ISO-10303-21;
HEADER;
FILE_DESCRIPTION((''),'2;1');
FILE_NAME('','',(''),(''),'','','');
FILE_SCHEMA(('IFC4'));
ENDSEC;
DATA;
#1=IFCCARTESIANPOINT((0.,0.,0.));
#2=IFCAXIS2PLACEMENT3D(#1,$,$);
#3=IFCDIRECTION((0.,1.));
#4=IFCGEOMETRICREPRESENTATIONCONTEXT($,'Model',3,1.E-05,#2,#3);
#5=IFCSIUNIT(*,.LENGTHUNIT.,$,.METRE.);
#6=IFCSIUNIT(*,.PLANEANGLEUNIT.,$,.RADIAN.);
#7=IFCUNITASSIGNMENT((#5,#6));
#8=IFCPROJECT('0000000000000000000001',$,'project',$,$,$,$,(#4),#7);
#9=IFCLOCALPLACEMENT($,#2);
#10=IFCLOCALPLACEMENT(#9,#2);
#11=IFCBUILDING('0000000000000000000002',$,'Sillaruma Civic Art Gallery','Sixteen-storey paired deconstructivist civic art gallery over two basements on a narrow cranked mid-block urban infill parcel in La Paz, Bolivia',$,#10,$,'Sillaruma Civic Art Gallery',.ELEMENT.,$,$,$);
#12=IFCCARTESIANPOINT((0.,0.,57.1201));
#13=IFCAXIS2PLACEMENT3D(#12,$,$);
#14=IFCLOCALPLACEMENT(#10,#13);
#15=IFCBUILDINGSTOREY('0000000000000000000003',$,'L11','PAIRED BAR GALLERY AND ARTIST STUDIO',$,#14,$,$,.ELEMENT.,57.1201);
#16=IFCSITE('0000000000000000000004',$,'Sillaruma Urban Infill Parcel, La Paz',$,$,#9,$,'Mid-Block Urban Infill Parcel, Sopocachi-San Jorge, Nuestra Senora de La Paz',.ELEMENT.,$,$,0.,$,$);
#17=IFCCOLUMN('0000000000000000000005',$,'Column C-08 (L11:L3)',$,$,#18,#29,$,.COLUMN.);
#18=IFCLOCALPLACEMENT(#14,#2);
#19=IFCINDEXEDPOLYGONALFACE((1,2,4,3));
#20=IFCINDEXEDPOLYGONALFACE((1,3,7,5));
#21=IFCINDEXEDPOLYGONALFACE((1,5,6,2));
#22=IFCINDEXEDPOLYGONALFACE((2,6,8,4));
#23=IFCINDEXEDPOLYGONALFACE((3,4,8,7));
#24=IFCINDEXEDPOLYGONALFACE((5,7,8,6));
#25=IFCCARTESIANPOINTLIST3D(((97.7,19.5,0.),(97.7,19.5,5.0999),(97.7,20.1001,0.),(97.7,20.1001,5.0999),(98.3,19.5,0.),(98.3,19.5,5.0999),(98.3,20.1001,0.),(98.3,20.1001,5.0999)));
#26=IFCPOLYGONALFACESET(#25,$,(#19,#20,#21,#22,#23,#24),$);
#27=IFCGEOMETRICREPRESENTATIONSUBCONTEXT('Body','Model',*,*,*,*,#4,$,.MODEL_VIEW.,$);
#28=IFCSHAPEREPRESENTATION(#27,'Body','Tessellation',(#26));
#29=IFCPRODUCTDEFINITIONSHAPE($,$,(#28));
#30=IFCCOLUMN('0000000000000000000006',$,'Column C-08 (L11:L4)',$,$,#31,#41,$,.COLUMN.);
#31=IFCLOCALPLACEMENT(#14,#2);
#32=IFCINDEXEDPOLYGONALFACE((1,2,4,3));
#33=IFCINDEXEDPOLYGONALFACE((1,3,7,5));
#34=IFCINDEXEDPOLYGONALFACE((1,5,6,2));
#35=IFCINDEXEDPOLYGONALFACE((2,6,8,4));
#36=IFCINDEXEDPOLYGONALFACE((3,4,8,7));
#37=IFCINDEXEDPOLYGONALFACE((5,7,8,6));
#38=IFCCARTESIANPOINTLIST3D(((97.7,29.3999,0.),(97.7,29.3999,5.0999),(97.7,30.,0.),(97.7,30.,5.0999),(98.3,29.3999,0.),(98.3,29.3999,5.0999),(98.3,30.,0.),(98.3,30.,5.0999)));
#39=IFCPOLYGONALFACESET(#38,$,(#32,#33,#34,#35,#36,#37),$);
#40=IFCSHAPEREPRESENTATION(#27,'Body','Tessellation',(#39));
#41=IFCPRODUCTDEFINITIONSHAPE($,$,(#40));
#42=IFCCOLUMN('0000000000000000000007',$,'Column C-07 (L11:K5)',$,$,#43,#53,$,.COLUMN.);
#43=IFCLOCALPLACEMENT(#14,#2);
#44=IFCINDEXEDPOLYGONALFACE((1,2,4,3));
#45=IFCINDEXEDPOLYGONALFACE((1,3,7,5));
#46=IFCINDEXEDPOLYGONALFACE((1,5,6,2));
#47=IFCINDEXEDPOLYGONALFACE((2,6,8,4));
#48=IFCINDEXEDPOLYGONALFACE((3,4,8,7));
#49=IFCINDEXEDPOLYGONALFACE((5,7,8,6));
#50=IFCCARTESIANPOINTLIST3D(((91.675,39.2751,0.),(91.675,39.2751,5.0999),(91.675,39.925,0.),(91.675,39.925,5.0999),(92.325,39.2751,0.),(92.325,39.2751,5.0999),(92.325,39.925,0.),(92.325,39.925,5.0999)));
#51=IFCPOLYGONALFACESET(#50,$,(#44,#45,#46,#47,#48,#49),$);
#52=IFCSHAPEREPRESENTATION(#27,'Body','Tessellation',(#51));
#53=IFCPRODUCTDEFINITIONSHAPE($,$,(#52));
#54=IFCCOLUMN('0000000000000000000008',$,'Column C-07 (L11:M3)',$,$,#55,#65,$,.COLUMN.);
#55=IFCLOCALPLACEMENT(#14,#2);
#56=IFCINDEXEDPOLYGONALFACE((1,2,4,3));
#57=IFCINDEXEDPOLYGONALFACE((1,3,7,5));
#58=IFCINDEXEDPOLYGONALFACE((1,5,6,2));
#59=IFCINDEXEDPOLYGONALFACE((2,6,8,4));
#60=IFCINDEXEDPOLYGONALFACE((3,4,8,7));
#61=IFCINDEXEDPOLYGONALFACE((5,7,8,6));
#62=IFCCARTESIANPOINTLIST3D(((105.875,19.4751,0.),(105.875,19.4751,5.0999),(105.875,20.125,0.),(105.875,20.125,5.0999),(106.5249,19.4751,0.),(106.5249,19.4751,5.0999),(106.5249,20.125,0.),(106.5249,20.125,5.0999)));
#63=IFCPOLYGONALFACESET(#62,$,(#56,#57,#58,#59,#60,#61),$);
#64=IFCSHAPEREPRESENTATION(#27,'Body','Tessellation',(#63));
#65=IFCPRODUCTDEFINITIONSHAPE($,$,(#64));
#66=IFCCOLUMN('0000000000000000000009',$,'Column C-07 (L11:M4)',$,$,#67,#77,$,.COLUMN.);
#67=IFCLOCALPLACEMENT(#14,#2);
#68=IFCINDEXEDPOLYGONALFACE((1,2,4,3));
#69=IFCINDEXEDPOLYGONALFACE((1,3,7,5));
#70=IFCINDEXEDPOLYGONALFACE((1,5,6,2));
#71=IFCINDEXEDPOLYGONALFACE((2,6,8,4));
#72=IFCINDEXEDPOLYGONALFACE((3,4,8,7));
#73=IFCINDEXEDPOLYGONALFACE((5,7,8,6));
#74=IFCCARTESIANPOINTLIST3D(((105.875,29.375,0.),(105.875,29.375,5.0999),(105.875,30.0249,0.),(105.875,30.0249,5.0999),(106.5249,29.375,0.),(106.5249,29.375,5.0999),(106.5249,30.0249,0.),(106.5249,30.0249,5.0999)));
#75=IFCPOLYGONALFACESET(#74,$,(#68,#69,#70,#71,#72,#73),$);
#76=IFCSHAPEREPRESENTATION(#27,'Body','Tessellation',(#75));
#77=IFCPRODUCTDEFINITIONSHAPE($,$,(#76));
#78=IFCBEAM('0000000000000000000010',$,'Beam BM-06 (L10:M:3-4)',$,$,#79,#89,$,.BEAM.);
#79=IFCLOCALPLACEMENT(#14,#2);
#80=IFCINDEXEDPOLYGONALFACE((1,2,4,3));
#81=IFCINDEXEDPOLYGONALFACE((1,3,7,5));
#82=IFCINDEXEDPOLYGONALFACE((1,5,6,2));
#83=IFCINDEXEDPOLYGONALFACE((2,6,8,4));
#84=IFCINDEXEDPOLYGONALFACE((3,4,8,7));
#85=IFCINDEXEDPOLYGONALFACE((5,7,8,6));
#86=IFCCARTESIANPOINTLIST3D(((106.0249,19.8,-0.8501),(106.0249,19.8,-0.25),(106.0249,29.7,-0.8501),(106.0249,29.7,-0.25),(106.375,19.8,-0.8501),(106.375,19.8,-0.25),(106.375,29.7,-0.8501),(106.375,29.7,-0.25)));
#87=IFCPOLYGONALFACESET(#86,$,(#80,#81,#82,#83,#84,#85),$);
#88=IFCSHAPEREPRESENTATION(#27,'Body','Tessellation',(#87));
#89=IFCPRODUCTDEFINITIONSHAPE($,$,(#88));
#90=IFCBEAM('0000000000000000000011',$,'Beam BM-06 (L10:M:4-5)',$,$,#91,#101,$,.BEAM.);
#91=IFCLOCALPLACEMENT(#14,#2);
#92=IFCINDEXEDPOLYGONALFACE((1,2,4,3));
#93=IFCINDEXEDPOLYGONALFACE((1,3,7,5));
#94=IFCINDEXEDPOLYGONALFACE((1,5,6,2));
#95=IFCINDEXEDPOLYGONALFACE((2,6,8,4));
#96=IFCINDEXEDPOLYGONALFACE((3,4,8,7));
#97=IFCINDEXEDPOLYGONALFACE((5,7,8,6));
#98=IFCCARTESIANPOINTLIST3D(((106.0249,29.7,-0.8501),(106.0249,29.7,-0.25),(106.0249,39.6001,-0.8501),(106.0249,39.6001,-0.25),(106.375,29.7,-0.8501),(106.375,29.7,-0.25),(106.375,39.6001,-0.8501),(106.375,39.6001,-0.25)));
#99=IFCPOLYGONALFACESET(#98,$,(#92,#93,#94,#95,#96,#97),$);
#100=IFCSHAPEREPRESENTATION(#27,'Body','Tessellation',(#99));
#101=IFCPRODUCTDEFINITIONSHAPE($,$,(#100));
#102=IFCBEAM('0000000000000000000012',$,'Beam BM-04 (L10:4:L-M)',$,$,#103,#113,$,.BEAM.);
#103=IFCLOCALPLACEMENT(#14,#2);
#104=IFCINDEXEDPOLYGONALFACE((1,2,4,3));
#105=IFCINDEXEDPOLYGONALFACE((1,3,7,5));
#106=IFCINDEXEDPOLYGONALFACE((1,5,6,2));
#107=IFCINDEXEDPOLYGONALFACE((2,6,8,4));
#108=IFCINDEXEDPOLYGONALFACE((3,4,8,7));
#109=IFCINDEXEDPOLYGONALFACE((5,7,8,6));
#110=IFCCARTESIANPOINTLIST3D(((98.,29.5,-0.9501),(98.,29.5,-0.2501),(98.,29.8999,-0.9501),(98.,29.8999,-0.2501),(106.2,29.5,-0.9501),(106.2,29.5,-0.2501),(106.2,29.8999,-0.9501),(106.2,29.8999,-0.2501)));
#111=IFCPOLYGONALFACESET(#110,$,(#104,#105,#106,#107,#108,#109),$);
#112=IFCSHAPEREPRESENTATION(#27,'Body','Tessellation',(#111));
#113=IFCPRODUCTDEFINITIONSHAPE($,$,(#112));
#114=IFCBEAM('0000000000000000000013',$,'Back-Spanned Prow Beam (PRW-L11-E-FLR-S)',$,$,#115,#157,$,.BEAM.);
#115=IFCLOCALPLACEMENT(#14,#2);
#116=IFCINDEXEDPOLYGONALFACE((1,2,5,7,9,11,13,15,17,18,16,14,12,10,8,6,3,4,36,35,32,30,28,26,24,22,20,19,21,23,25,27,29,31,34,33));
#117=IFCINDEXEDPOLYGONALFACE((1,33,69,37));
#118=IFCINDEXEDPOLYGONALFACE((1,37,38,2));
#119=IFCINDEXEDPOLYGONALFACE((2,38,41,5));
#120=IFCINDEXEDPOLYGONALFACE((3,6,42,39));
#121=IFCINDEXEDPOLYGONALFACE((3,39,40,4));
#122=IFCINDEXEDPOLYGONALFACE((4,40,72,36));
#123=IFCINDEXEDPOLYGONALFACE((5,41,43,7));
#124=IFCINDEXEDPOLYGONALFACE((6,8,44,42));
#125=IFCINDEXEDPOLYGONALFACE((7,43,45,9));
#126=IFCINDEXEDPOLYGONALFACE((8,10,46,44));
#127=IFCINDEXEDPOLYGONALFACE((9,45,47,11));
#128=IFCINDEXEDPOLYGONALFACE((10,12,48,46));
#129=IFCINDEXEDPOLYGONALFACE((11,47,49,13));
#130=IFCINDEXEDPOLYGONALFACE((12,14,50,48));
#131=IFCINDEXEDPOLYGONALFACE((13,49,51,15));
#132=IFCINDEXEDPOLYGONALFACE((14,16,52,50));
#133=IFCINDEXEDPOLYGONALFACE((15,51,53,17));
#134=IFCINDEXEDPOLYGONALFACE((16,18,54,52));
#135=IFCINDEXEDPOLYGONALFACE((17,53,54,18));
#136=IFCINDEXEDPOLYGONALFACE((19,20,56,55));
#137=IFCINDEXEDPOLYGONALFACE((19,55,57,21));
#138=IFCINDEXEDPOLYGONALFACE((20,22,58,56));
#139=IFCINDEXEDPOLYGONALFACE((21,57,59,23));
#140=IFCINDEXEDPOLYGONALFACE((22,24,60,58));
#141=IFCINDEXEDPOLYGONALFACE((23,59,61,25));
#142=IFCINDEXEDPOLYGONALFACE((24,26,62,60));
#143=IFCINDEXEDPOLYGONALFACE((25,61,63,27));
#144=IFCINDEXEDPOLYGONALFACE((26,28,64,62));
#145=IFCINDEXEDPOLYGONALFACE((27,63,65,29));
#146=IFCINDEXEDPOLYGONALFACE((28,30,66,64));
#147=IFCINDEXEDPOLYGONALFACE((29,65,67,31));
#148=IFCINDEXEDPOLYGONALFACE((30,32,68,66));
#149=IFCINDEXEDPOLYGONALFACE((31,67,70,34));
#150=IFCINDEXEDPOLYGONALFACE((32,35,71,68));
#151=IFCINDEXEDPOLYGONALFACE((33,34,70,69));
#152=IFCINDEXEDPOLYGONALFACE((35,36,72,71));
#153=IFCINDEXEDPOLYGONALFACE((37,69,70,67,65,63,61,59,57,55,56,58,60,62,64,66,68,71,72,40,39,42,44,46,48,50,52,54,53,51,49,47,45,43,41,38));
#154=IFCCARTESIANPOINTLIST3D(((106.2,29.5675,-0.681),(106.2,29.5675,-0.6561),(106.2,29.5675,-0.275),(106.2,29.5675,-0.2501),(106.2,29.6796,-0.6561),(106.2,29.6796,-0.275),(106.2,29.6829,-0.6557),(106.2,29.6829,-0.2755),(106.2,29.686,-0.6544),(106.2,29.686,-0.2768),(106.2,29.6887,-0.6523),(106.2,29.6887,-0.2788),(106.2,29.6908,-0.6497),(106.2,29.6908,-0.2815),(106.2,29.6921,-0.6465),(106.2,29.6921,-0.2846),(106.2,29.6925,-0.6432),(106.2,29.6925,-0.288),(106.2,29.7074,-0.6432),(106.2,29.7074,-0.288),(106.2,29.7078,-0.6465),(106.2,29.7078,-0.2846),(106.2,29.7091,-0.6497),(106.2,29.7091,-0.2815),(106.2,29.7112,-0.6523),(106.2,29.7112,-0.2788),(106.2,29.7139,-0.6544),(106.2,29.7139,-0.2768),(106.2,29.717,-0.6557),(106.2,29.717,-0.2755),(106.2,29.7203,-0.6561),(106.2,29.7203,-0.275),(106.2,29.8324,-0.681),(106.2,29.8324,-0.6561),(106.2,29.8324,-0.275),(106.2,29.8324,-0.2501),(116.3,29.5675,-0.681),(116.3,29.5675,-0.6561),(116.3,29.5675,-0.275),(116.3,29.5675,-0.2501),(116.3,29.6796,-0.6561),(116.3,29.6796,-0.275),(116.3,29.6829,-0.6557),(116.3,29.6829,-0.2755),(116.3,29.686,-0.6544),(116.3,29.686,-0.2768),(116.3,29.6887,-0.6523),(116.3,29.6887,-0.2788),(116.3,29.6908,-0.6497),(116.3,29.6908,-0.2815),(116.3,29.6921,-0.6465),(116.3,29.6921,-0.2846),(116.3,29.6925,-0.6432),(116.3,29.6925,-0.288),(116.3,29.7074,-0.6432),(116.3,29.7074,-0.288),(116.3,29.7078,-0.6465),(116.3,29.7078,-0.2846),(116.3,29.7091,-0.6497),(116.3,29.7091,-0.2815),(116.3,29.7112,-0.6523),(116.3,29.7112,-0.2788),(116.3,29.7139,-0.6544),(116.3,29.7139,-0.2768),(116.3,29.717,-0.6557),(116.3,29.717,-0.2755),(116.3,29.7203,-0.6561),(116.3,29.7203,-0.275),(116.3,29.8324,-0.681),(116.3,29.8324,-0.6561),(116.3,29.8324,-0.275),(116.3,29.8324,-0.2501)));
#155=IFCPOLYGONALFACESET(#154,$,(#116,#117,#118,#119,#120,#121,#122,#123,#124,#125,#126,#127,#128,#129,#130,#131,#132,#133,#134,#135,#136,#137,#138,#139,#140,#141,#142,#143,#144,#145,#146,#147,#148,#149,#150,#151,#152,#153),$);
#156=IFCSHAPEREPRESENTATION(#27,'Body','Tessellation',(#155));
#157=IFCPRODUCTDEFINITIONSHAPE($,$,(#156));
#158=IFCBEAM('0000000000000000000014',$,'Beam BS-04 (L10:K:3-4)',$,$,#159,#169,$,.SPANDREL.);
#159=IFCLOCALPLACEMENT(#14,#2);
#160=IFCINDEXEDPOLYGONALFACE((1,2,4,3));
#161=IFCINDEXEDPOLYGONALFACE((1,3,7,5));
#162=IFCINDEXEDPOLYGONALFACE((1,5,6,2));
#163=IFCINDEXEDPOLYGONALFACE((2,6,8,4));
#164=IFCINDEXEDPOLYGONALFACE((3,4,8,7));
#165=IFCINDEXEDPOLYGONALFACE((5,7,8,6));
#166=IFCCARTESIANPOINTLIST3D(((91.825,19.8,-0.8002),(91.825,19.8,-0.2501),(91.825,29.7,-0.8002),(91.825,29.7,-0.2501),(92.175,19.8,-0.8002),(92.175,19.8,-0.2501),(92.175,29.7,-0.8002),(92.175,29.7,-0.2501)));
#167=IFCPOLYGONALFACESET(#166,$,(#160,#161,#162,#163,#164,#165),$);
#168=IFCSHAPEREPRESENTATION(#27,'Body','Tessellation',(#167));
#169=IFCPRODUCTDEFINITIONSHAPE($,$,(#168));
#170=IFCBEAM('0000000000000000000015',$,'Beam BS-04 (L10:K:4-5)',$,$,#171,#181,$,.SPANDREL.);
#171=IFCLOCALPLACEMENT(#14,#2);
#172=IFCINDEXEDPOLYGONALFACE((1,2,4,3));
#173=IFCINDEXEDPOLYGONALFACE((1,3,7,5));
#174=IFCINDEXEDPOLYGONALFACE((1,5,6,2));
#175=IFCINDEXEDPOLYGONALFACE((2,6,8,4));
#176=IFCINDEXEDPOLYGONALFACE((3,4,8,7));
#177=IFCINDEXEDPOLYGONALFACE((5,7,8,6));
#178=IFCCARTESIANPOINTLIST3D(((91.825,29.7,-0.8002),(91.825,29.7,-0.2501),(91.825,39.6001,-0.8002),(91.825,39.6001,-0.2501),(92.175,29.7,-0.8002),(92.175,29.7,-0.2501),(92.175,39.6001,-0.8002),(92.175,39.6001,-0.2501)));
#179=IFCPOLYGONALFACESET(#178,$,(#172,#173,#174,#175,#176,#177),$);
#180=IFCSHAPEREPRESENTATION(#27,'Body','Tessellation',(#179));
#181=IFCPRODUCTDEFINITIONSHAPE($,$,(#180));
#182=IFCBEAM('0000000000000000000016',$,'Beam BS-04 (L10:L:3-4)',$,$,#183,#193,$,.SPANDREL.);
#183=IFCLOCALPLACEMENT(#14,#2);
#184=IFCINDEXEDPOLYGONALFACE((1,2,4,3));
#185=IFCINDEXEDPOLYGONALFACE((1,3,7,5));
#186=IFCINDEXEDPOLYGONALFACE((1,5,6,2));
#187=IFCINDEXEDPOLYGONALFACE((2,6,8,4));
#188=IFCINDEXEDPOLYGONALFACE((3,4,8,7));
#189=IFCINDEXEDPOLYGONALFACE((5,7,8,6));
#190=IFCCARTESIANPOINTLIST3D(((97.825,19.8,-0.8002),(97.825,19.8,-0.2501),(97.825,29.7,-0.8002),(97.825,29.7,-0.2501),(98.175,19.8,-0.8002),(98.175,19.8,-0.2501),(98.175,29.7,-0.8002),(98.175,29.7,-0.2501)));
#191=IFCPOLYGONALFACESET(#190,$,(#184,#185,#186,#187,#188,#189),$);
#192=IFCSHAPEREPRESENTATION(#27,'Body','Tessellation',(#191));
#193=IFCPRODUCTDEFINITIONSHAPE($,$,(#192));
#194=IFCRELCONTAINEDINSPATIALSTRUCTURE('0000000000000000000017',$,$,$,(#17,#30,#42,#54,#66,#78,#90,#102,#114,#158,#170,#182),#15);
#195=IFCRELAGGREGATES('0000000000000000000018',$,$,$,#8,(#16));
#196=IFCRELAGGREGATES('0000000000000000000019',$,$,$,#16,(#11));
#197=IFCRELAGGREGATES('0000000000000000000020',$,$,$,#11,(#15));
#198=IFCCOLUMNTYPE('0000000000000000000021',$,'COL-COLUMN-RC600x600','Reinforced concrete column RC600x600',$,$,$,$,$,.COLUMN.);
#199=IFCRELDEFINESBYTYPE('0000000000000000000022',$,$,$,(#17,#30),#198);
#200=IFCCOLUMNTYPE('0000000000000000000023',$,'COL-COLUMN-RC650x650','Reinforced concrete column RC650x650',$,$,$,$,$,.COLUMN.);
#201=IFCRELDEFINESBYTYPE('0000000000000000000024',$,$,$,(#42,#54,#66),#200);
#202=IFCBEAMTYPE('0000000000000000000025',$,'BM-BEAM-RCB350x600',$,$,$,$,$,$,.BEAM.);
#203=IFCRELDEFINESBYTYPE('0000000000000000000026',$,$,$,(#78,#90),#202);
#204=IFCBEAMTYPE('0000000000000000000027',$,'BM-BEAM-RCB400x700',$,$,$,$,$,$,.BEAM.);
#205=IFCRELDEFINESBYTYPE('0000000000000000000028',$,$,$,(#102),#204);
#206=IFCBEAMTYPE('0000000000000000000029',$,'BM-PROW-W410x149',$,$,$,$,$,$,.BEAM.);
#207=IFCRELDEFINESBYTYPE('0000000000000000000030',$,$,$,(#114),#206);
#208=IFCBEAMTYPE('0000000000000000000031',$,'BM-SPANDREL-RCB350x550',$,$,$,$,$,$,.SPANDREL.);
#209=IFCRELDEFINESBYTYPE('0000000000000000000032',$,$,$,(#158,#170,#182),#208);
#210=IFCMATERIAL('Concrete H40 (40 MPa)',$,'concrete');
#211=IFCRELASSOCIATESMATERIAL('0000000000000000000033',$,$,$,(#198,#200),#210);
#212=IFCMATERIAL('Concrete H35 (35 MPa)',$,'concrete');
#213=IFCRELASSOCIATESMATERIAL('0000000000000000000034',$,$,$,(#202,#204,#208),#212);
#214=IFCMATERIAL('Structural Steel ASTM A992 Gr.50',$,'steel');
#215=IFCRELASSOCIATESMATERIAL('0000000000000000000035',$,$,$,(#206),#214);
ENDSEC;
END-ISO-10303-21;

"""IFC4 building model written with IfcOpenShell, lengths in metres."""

from ifc_helpers import new_model, si_unit, direction, frame, origin, origin_2d, place, context, subcontext, project, spatial, rectangle, i_section, extrude, material, material_profile, profile_set, type_object, element, save


model = new_model("IFC4")

# Units and contexts
model_context = context("Model", 3, precision=1e-05, world=origin(), true_north=direction((0.0, 1.0)))
body_context = subcontext(model_context, "Body", "Model", "MODEL_VIEW")
ifc_project = project(units=[si_unit("LENGTHUNIT", "METRE"), si_unit("PLANEANGLEUNIT", "RADIAN")], contexts=[model_context])

# Site, building, storey
site_placement = place(None, origin())
site = spatial("IfcSite", under=ifc_project, at=site_placement, Name="Sillaruma Urban Infill Parcel, La Paz", LongName="Mid-Block Urban Infill Parcel, Sopocachi-San Jorge, Nuestra Senora de La Paz", CompositionType="ELEMENT", RefElevation=0.0)
building_placement = place(site_placement, origin())
building = spatial("IfcBuilding", under=site, at=building_placement, Name="Sillaruma Civic Art Gallery", Description="Sixteen-storey paired deconstructivist civic art gallery over two basements on a narrow cranked mid-block urban infill parcel in La Paz, Bolivia", LongName="Sillaruma Civic Art Gallery", CompositionType="ELEMENT")
storey_placement = place(building_placement, frame((0.0, 0.0, 57.1201)))
storey = spatial("IfcBuildingStorey", under=building, at=storey_placement, Name="L11", Description="PAIRED BAR GALLERY AND ARTIST STUDIO", CompositionType="ELEMENT", Elevation=57.1201)

# Columns
ifc_material_1 = material(Name="Concrete H40 (40 MPa)", Category="concrete")
ifc_material_profile_1 = material_profile(ifc_material_1, rectangle(XDim=0.6001, YDim=0.6001, at=origin_2d()), Name="RC600x600")
ifc_profile_set_1 = profile_set([ifc_material_profile_1], Name="Concrete H40 (40 MPa)")
column_type_1 = type_object("IfcColumnType", Name="COL-COLUMN-RC600x600", Description="Reinforced concrete column RC600x600", PredefinedType="COLUMN", material=ifc_profile_set_1)
for number, where, z_axis, x_axis, name in (
    (1, (98.0, 19.8, 0.0), (0.0, 0.0, 1.0), (1.0, 0.0, 0.0), "Column C-08 (L11:L3)"),
    (2, (98.0, 29.7, 0.0), (0.0, 0.0, 1.0), (1.0, 0.0, 0.0), "Column C-08 (L11:L4)"),
):
    element("IfcColumn", number, at=place(storey_placement, frame(where, z_axis=z_axis, x_axis=x_axis)), inside=storey, type_object=column_type_1, Name=name, PredefinedType="COLUMN", context=body_context, shape_type="SweptSolid", body=[
        extrude(rectangle(XDim=0.6001, YDim=0.6001, at=origin_2d()), origin(), (0.0, 0.0, 1.0), 5.0999),
    ])
ifc_material_profile_2 = material_profile(ifc_material_1, rectangle(XDim=0.6499, YDim=0.6499, at=origin_2d()), Name="RC650x650")
ifc_profile_set_2 = profile_set([ifc_material_profile_2], Name="Concrete H40 (40 MPa)")
column_type_2 = type_object("IfcColumnType", Name="COL-COLUMN-RC650x650", Description="Reinforced concrete column RC650x650", PredefinedType="COLUMN", material=ifc_profile_set_2)
for number, where, z_axis, x_axis, name in (
    (3, (92.0, 39.6001, 0.0), (0.0, 0.0, 1.0), (1.0, 0.0, 0.0), "Column C-07 (L11:K5)"),
    (4, (106.2, 19.8, 0.0), (0.0, 0.0, 1.0), (1.0, 0.0, 0.0), "Column C-07 (L11:M3)"),
    (5, (106.2, 29.7, 0.0), (0.0, 0.0, 1.0), (1.0, 0.0, 0.0), "Column C-07 (L11:M4)"),
):
    element("IfcColumn", number, at=place(storey_placement, frame(where, z_axis=z_axis, x_axis=x_axis)), inside=storey, type_object=column_type_2, Name=name, PredefinedType="COLUMN", context=body_context, shape_type="SweptSolid", body=[
        extrude(rectangle(XDim=0.6499, YDim=0.6499, at=origin_2d()), origin(), (0.0, 0.0, 1.0), 5.0999),
    ])

# Beams
ifc_material_2 = material(Name="Concrete H35 (35 MPa)", Category="concrete")
ifc_material_profile_3 = material_profile(ifc_material_2, rectangle(XDim=0.3501, YDim=0.6001, at=origin_2d()), Name="RCB350x600")
ifc_profile_set_3 = profile_set([ifc_material_profile_3], Name="Concrete H35 (35 MPa)")
beam_type_1 = type_object("IfcBeamType", Name="BM-BEAM-RCB350x600", PredefinedType="BEAM", material=ifc_profile_set_3)
beam_1_placement = place(storey_placement, frame((106.2, 19.8, -0.55), z_axis=(0.0, 1.0, 0.0), x_axis=(-1.0, 0.0, 0.0)))
element("IfcBeam", 6, at=beam_1_placement, inside=storey, type_object=beam_type_1, Name="Beam BM-06 (L10:M:3-4)", PredefinedType="BEAM", context=body_context, shape_type="SweptSolid", body=[
    extrude(rectangle(XDim=0.3501, YDim=0.6001, at=origin_2d()), origin(), (0.0, 0.0, 1.0), 9.8999),
])
beam_2_placement = place(storey_placement, frame((106.2, 29.7, -0.55), z_axis=(0.0, 1.0, 0.0), x_axis=(-1.0, 0.0, 0.0)))
element("IfcBeam", 7, at=beam_2_placement, inside=storey, type_object=beam_type_1, Name="Beam BM-06 (L10:M:4-5)", PredefinedType="BEAM", context=body_context, shape_type="SweptSolid", body=[
    extrude(rectangle(XDim=0.3501, YDim=0.6001, at=origin_2d()), origin(), (0.0, 0.0, 1.0), 9.9001),
])
ifc_material_profile_4 = material_profile(ifc_material_2, rectangle(XDim=0.3999, YDim=0.7, at=origin_2d()), Name="RCB400x700")
ifc_profile_set_4 = profile_set([ifc_material_profile_4], Name="Concrete H35 (35 MPa)")
beam_type_2 = type_object("IfcBeamType", Name="BM-BEAM-RCB400x700", PredefinedType="BEAM", material=ifc_profile_set_4)
beam_3_placement = place(storey_placement, frame((98.0, 29.7, -0.6001), z_axis=(1.0, 0.0, 0.0), x_axis=(0.0, 1.0, 0.0)))
element("IfcBeam", 8, at=beam_3_placement, inside=storey, type_object=beam_type_2, Name="Beam BM-04 (L10:4:L-M)", PredefinedType="BEAM", context=body_context, shape_type="SweptSolid", body=[
    extrude(rectangle(XDim=0.3999, YDim=0.7, at=origin_2d()), origin(), (0.0, 0.0, 1.0), 8.2),
])
ifc_material_3 = material(Name="Structural Steel ASTM A992 Gr.50", Category="steel")
ifc_material_profile_5 = material_profile(ifc_material_3, i_section(OverallWidth=0.2649, OverallDepth=0.4309, WebThickness=0.0149, FlangeThickness=0.0249, FilletRadius=0.0129, at=origin_2d()), Name="W410x149")
ifc_profile_set_5 = profile_set([ifc_material_profile_5], Name="Structural Steel ASTM A992 Gr.50")
beam_type_3 = type_object("IfcBeamType", Name="BM-PROW-W410x149", PredefinedType="BEAM", material=ifc_profile_set_5)
beam_4_placement = place(storey_placement, frame((106.2, 29.7, -0.4656), z_axis=(1.0, 0.0, 0.0), x_axis=(0.0, 1.0, 0.0)))
element("IfcBeam", 9, at=beam_4_placement, inside=storey, type_object=beam_type_3, Name="Back-Spanned Prow Beam (PRW-L11-E-FLR-S)", PredefinedType="BEAM", context=body_context, shape_type="SweptSolid", body=[
    extrude(i_section(OverallWidth=0.2649, OverallDepth=0.4309, WebThickness=0.0149, FlangeThickness=0.0249, FilletRadius=0.0129, at=origin_2d()), origin(), (0.0, 0.0, 1.0), 10.1001),
])
ifc_material_profile_6 = material_profile(ifc_material_2, rectangle(XDim=0.3501, YDim=0.55, at=origin_2d()), Name="RCB350x550")
ifc_profile_set_6 = profile_set([ifc_material_profile_6], Name="Concrete H35 (35 MPa)")
beam_type_4 = type_object("IfcBeamType", Name="BM-SPANDREL-RCB350x550", PredefinedType="SPANDREL", material=ifc_profile_set_6)
beam_5_placement = place(storey_placement, frame((92.0, 19.8, -0.5251), z_axis=(0.0, 1.0, 0.0), x_axis=(-1.0, 0.0, 0.0)))
element("IfcBeam", 10, at=beam_5_placement, inside=storey, type_object=beam_type_4, Name="Beam BS-04 (L10:K:3-4)", PredefinedType="SPANDREL", context=body_context, shape_type="SweptSolid", body=[
    extrude(rectangle(XDim=0.3501, YDim=0.55, at=origin_2d()), origin(), (0.0, 0.0, 1.0), 9.8999),
])
beam_6_placement = place(storey_placement, frame((92.0, 29.7, -0.5251), z_axis=(0.0, 1.0, 0.0), x_axis=(-1.0, 0.0, 0.0)))
element("IfcBeam", 11, at=beam_6_placement, inside=storey, type_object=beam_type_4, Name="Beam BS-04 (L10:K:4-5)", PredefinedType="SPANDREL", context=body_context, shape_type="SweptSolid", body=[
    extrude(rectangle(XDim=0.3501, YDim=0.55, at=origin_2d()), origin(), (0.0, 0.0, 1.0), 9.9001),
])
beam_7_placement = place(storey_placement, frame((98.0, 19.8, -0.5251), z_axis=(0.0, 1.0, 0.0), x_axis=(-1.0, 0.0, 0.0)))
element("IfcBeam", 12, at=beam_7_placement, inside=storey, type_object=beam_type_4, Name="Beam BS-04 (L10:L:3-4)", PredefinedType="SPANDREL", context=body_context, shape_type="SweptSolid", body=[
    extrude(rectangle(XDim=0.3501, YDim=0.55, at=origin_2d()), origin(), (0.0, 0.0, 1.0), 9.8999),
])

save(model, "model.ifc")
